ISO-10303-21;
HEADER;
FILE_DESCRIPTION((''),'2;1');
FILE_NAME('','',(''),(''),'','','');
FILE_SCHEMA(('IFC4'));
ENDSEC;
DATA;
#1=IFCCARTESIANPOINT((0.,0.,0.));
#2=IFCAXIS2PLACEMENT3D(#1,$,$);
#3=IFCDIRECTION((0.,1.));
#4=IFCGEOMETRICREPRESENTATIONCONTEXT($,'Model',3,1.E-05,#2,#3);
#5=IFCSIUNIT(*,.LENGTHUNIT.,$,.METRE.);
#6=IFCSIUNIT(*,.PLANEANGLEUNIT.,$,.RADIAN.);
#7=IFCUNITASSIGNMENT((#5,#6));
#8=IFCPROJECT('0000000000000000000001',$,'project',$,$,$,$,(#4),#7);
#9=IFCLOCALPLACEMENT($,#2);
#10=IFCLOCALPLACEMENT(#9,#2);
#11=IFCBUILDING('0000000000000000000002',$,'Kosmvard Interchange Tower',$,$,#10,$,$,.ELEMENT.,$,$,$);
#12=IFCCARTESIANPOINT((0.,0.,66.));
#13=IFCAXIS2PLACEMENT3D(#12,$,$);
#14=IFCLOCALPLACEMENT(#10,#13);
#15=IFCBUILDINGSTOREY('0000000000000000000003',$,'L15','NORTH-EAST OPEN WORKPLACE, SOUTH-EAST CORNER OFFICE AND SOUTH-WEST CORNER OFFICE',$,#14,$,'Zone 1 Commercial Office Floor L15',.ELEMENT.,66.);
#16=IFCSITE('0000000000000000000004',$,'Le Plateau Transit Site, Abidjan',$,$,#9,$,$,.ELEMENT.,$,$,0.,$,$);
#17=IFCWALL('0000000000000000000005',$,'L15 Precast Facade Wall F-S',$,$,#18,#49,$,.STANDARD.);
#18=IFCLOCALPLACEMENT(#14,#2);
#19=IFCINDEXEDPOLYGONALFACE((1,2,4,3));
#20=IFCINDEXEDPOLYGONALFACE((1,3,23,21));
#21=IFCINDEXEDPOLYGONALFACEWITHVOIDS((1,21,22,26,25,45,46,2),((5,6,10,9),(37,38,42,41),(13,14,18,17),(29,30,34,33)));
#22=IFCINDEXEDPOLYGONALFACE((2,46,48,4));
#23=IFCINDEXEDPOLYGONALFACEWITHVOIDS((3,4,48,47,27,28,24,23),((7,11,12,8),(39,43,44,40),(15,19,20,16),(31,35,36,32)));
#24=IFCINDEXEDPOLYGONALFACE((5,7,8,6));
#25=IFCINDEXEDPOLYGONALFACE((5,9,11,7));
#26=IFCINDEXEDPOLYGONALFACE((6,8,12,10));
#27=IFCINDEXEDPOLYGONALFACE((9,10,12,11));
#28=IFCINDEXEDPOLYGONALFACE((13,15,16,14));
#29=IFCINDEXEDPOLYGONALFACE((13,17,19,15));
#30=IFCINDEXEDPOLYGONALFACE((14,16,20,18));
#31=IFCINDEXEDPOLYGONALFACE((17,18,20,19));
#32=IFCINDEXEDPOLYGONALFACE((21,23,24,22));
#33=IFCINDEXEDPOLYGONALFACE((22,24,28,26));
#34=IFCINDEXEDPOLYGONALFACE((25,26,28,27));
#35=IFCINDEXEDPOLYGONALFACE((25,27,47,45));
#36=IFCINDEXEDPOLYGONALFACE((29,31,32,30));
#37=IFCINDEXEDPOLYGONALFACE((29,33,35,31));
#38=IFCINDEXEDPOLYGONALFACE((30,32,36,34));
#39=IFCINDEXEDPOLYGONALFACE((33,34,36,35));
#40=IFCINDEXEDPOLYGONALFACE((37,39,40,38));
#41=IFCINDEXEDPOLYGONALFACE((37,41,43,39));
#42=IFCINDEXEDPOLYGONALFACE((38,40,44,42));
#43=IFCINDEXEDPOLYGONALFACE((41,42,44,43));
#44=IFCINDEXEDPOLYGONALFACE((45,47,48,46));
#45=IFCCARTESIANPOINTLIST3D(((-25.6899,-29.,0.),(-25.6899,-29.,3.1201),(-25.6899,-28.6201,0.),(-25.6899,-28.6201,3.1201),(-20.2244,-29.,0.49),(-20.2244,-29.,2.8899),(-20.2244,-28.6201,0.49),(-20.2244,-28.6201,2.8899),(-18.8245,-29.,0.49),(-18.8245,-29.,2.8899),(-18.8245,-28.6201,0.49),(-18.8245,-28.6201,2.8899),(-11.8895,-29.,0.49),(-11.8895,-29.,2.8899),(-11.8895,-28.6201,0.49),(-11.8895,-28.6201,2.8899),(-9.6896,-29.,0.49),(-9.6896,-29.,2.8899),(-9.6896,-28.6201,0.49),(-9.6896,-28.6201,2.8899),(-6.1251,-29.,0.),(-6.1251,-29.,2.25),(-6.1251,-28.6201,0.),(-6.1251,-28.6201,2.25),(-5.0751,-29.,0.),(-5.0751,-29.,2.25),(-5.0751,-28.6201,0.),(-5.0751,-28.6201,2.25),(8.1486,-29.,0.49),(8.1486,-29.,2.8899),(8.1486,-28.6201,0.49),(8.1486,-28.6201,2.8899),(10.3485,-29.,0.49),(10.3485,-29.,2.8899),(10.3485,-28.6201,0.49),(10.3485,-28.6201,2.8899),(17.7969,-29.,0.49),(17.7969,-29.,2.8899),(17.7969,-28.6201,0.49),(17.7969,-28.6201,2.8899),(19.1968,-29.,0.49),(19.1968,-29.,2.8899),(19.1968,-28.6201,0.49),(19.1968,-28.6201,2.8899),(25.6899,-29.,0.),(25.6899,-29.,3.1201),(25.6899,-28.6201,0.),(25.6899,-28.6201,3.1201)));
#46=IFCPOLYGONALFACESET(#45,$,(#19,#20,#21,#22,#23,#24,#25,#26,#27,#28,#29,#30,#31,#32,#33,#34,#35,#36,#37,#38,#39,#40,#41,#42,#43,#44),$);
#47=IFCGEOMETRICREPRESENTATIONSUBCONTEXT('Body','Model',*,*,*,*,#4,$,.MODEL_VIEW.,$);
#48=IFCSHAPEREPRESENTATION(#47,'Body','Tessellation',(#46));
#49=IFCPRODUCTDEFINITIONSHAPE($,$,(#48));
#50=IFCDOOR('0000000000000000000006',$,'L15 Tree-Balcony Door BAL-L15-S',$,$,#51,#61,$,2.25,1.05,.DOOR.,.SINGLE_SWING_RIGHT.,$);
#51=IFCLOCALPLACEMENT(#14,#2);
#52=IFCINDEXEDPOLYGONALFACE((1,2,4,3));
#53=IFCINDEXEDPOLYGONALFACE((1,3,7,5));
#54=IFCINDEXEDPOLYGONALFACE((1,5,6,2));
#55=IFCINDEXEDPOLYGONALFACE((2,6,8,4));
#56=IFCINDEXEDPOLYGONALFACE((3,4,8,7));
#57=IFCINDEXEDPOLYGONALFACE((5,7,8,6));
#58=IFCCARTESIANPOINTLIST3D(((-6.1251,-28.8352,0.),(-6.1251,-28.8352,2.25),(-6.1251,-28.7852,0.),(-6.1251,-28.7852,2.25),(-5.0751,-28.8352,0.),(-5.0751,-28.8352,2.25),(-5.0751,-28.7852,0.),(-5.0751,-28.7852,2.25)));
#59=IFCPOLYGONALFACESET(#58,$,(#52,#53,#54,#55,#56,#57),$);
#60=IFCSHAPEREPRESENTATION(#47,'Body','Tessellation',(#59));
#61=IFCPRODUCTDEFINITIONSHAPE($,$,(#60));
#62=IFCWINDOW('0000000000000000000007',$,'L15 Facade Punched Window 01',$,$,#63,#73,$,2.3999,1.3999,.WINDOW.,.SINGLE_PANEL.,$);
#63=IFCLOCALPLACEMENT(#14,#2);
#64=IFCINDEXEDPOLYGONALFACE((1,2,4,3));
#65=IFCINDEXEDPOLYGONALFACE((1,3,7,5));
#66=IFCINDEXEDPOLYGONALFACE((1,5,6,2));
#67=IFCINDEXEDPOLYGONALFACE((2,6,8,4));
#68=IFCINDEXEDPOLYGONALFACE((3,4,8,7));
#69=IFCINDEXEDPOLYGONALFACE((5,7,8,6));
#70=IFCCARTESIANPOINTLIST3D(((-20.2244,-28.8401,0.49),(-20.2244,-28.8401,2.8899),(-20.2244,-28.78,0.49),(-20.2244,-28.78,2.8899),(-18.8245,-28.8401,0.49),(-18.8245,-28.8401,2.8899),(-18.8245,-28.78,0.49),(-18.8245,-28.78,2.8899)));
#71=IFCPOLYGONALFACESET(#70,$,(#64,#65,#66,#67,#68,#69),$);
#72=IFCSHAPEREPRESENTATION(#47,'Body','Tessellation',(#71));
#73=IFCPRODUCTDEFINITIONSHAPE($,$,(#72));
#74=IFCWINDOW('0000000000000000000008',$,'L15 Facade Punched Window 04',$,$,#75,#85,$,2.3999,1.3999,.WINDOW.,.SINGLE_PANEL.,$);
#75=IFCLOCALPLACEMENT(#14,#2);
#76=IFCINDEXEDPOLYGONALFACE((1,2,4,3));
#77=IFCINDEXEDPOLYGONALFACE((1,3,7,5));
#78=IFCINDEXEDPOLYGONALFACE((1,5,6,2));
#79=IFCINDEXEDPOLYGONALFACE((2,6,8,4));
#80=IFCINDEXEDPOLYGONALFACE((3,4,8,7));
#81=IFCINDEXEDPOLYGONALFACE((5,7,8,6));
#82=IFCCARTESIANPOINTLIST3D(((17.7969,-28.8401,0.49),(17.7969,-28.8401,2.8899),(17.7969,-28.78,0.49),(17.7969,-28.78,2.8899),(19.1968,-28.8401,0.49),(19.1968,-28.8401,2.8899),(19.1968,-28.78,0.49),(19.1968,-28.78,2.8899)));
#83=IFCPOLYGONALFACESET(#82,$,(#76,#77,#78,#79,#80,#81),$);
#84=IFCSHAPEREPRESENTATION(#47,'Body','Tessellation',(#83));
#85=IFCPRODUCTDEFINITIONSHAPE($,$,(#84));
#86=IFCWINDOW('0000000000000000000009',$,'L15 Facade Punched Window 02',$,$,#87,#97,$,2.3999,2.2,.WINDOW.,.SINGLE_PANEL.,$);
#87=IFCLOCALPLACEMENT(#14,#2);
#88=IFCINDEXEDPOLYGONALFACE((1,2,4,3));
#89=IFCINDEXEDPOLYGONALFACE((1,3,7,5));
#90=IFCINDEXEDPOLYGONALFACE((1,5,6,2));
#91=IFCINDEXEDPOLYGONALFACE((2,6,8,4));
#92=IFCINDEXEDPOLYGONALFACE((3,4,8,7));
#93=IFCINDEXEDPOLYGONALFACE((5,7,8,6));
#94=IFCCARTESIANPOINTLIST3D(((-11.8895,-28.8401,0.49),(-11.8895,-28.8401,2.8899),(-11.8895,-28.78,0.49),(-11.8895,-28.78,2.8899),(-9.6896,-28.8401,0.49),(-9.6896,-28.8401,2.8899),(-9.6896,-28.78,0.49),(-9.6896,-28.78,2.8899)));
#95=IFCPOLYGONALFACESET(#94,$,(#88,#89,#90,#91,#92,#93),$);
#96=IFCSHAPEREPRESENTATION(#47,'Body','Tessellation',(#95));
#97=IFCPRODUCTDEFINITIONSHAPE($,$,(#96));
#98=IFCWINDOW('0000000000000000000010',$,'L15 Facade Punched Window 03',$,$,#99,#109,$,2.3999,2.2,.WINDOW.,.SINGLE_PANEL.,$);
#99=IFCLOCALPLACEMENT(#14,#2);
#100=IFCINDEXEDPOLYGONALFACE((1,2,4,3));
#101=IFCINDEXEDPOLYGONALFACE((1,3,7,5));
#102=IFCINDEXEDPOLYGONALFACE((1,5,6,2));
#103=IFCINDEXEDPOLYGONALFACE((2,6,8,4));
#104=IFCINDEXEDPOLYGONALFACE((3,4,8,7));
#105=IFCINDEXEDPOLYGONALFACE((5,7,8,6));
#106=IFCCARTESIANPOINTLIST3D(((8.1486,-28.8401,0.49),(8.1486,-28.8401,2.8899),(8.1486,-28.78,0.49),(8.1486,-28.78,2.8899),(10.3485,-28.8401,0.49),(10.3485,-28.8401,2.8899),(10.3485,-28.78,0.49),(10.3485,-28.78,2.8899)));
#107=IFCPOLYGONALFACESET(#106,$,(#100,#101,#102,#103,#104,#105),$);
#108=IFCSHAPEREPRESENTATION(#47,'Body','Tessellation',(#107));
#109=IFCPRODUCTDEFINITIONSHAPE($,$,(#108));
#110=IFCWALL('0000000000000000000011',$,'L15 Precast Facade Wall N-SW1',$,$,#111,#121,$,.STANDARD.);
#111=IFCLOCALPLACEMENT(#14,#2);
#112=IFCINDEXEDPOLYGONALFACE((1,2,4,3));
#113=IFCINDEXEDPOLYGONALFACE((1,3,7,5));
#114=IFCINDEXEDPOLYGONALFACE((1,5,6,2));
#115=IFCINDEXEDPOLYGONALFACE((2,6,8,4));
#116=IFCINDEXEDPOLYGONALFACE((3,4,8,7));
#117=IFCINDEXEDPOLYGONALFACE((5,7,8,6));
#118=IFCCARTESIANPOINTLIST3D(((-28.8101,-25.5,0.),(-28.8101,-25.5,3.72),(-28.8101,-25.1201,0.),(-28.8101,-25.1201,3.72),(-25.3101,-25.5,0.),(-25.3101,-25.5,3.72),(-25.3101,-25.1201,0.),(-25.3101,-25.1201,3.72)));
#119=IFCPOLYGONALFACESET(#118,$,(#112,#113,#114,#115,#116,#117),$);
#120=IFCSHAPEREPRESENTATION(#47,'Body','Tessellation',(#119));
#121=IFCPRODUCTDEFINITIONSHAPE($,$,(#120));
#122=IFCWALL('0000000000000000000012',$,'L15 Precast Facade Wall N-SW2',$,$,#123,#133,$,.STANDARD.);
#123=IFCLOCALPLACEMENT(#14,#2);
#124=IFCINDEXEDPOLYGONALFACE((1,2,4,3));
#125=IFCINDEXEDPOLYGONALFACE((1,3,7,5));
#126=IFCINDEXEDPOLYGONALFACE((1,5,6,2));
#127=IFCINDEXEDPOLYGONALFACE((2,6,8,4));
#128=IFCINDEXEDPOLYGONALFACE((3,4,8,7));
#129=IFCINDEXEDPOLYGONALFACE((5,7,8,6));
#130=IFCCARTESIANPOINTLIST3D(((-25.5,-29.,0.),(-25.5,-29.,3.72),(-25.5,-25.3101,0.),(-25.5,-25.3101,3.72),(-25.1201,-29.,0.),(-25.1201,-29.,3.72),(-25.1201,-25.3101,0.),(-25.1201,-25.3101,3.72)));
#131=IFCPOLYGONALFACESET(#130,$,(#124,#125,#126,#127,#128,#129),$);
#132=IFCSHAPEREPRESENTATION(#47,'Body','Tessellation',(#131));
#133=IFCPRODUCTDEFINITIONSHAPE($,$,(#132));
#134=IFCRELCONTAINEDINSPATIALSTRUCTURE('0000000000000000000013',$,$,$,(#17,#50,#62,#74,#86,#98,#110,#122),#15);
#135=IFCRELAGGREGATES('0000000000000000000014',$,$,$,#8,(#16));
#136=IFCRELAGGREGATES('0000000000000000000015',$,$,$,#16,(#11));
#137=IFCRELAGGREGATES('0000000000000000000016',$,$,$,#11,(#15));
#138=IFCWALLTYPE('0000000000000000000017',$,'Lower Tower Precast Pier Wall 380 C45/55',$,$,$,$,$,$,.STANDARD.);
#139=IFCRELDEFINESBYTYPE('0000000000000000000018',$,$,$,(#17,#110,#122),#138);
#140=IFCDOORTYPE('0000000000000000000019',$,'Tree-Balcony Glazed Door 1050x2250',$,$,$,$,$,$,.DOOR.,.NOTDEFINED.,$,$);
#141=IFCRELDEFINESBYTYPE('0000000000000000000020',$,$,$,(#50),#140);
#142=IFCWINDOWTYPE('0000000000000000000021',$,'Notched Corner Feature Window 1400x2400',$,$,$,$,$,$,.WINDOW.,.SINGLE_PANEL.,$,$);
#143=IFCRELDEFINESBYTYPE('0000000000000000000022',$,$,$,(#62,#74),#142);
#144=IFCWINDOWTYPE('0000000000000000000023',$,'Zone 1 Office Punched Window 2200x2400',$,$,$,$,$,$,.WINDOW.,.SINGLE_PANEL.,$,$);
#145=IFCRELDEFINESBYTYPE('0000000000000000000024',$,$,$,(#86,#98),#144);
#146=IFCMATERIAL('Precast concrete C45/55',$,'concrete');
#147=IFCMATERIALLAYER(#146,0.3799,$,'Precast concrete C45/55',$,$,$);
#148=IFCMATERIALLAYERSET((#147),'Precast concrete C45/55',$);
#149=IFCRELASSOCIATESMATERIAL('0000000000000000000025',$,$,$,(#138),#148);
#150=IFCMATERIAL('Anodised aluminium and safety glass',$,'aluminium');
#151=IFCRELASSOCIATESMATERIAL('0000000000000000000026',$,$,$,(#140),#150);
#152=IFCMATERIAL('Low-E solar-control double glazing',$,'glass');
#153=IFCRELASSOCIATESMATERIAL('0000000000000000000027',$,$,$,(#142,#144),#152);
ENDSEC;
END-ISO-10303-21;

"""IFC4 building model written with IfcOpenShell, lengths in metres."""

from ifc_helpers import new_model, si_unit, direction, frame, frame_2d, origin, place, context, subcontext, project, spatial, rectangle, extrude, source, transform, mapped, material, layer, layer_set, type_object, element, fill, save


model = new_model("IFC4")

# Units and contexts
model_context = context("Model", 3, precision=1e-05, world=origin(), true_north=direction((0.0, 1.0)))
body_context = subcontext(model_context, "Body", "Model", "MODEL_VIEW")
ifc_project = project(units=[si_unit("LENGTHUNIT", "METRE"), si_unit("PLANEANGLEUNIT", "RADIAN")], contexts=[model_context])

# Site, building, storey
site_placement = place(None, origin())
site = spatial("IfcSite", under=ifc_project, at=site_placement, Name="Le Plateau Transit Site, Abidjan", CompositionType="ELEMENT", RefElevation=0.0)
building_placement = place(site_placement, origin())
building = spatial("IfcBuilding", under=site, at=building_placement, Name="Kosmvard Interchange Tower", CompositionType="ELEMENT")
storey_placement = place(building_placement, frame((0.0, 0.0, 66.0)))
storey = spatial("IfcBuildingStorey", under=building, at=storey_placement, Name="L15", Description="NORTH-EAST OPEN WORKPLACE, SOUTH-EAST CORNER OFFICE AND SOUTH-WEST CORNER OFFICE", LongName="Zone 1 Commercial Office Floor L15", CompositionType="ELEMENT", Elevation=66.0)

# Shared definitions
ifc_material_1 = material(Name="Precast concrete C45/55", Category="concrete")

# Wall, openings, door, windows
ifc_layer_1 = layer(ifc_material_1, 0.3799, Name="Precast concrete C45/55")
ifc_layer_set_1 = layer_set([ifc_layer_1], Name="Precast concrete C45/55")
wall_type_1 = type_object("IfcWallType", Name="Lower Tower Precast Pier Wall 380 C45/55", PredefinedType="STANDARD", material=ifc_layer_set_1)
wall_1_placement = place(storey_placement, frame((-25.6899, -28.8101, 0.0), z_axis=(0.0, 0.0, 1.0), x_axis=(1.0, 0.0, 0.0)))
wall_1 = element("IfcWall", 1, at=wall_1_placement, inside=storey, type_object=wall_type_1, Name="L15 Precast Facade Wall F-S", PredefinedType="STANDARD", context=body_context, shape_type="SweptSolid", body=[
    extrude(rectangle(XDim=51.3799, YDim=0.3799, at=frame_2d((25.6899, 0.0))), origin(), (0.0, 0.0, 1.0), 3.1201),
])
opening_1_placement = place(wall_1_placement, frame((19.5649, 0.0, 0.0)))
opening_1 = element("IfcOpeningElement", 2, at=opening_1_placement, cuts=wall_1, PredefinedType="OPENING", context=body_context, shape_type="SweptSolid", body=[
    extrude(rectangle(XDim=1.05, YDim=2.25, at=frame_2d((0.5249, 1.125))), frame((0.0, 0.2, 0.0), z_axis=(0.0, -1.0, 0.0), x_axis=(1.0, 0.0, 0.0)), (0.0, 0.0, 1.0), 0.3999),
])
opening_2_placement = place(wall_1_placement, frame((5.4656, 0.0, 0.49)))
opening_2 = element("IfcOpeningElement", 3, at=opening_2_placement, cuts=wall_1, PredefinedType="OPENING", context=body_context, shape_type="SweptSolid", body=[
    extrude(rectangle(XDim=1.3999, YDim=2.3999, at=frame_2d((0.7, 1.2))), frame((0.0, 0.2, 0.0), z_axis=(0.0, -1.0, 0.0), x_axis=(1.0, 0.0, 0.0)), (0.0, 0.0, 1.0), 0.3999),
])
opening_3_placement = place(wall_1_placement, frame((13.8003, 0.0, 0.49)))
opening_3 = element("IfcOpeningElement", 4, at=opening_3_placement, cuts=wall_1, PredefinedType="OPENING", context=body_context, shape_type="SweptSolid", body=[
    extrude(rectangle(XDim=2.2, YDim=2.3999, at=frame_2d((1.1001, 1.2))), frame((0.0, 0.2, 0.0), z_axis=(0.0, -1.0, 0.0), x_axis=(1.0, 0.0, 0.0)), (0.0, 0.0, 1.0), 0.3999),
])
opening_4_placement = place(wall_1_placement, frame((33.8384, 0.0, 0.49)))
opening_4 = element("IfcOpeningElement", 5, at=opening_4_placement, cuts=wall_1, PredefinedType="OPENING", context=body_context, shape_type="SweptSolid", body=[
    extrude(rectangle(XDim=2.2, YDim=2.3999, at=frame_2d((1.1001, 1.2))), frame((0.0, 0.2, 0.0), z_axis=(0.0, -1.0, 0.0), x_axis=(1.0, 0.0, 0.0)), (0.0, 0.0, 1.0), 0.3999),
])
opening_5_placement = place(wall_1_placement, frame((43.4868, 0.0, 0.49)))
opening_5 = element("IfcOpeningElement", 6, at=opening_5_placement, cuts=wall_1, PredefinedType="OPENING", context=body_context, shape_type="SweptSolid", body=[
    extrude(rectangle(XDim=1.3999, YDim=2.3999, at=frame_2d((0.7, 1.2))), frame((0.0, 0.2, 0.0), z_axis=(0.0, -1.0, 0.0), x_axis=(1.0, 0.0, 0.0)), (0.0, 0.0, 1.0), 0.3999),
])
ifc_material_2 = material(Name="Anodised aluminium and safety glass", Category="aluminium")
door_type_1 = type_object("IfcDoorType", Name="Tree-Balcony Glazed Door 1050x2250", OperationType="NOTDEFINED", PredefinedType="DOOR", material=ifc_material_2)
shared_shape_1 = source(origin(), body_context, "Body", "SweptSolid", [
    extrude(rectangle(XDim=1.05, YDim=2.25, at=frame_2d((0.5249, 1.125))), frame((0.0, 0.0249, 0.0), z_axis=(0.0, -1.0, 0.0), x_axis=(1.0, 0.0, 0.0)), (0.0, 0.0, 1.0), 0.05),
])
door_1_placement = place(opening_1_placement, origin())
door_1 = element("IfcDoor", 7, at=door_1_placement, inside=storey, type_object=door_type_1, Name="L15 Tree-Balcony Door BAL-L15-S", OperationType="SINGLE_SWING_RIGHT", OverallHeight=2.25, OverallWidth=1.05, PredefinedType="DOOR", context=body_context, shape_type="MappedRepresentation", body=[
    mapped(shared_shape_1, transform((0.0, 0.0, 0.0), scale=1.0)),
])
fill(opening_1, door_1)
ifc_material_3 = material(Name="Low-E solar-control double glazing", Category="glass")
window_type_1 = type_object("IfcWindowType", Name="Notched Corner Feature Window 1400x2400", PartitioningType="SINGLE_PANEL", PredefinedType="WINDOW", material=ifc_material_3)
shared_shape_2 = source(origin(), body_context, "Body", "SweptSolid", [
    extrude(rectangle(XDim=1.3999, YDim=2.3999, at=frame_2d((0.7, 1.2))), frame((0.0, 0.03, 0.0), z_axis=(0.0, -1.0, 0.0), x_axis=(1.0, 0.0, 0.0)), (0.0, 0.0, 1.0), 0.0601),
])
window_1_placement = place(opening_2_placement, origin())
window_1 = element("IfcWindow", 8, at=window_1_placement, inside=storey, type_object=window_type_1, Name="L15 Facade Punched Window 01", OverallHeight=2.3999, OverallWidth=1.3999, PartitioningType="SINGLE_PANEL", PredefinedType="WINDOW", context=body_context, shape_type="MappedRepresentation", body=[
    mapped(shared_shape_2, transform((0.0, 0.0, 0.0), scale=1.0)),
])
fill(opening_2, window_1)
window_2_placement = place(opening_5_placement, origin())
window_2 = element("IfcWindow", 9, at=window_2_placement, inside=storey, type_object=window_type_1, Name="L15 Facade Punched Window 04", OverallHeight=2.3999, OverallWidth=1.3999, PartitioningType="SINGLE_PANEL", PredefinedType="WINDOW", context=body_context, shape_type="MappedRepresentation", body=[
    mapped(shared_shape_2, transform((0.0, 0.0, 0.0), scale=1.0)),
])
fill(opening_5, window_2)
window_type_2 = type_object("IfcWindowType", Name="Zone 1 Office Punched Window 2200x2400", PartitioningType="SINGLE_PANEL", PredefinedType="WINDOW", material=ifc_material_3)
shared_shape_3 = source(origin(), body_context, "Body", "SweptSolid", [
    extrude(rectangle(XDim=2.2, YDim=2.3999, at=frame_2d((1.1001, 1.2))), frame((0.0, 0.03, 0.0), z_axis=(0.0, -1.0, 0.0), x_axis=(1.0, 0.0, 0.0)), (0.0, 0.0, 1.0), 0.0601),
])
window_3_placement = place(opening_3_placement, origin())
window_3 = element("IfcWindow", 10, at=window_3_placement, inside=storey, type_object=window_type_2, Name="L15 Facade Punched Window 02", OverallHeight=2.3999, OverallWidth=2.2, PartitioningType="SINGLE_PANEL", PredefinedType="WINDOW", context=body_context, shape_type="MappedRepresentation", body=[
    mapped(shared_shape_3, transform((0.0, 0.0, 0.0), scale=1.0)),
])
fill(opening_3, window_3)
window_4_placement = place(opening_4_placement, origin())
window_4 = element("IfcWindow", 11, at=window_4_placement, inside=storey, type_object=window_type_2, Name="L15 Facade Punched Window 03", OverallHeight=2.3999, OverallWidth=2.2, PartitioningType="SINGLE_PANEL", PredefinedType="WINDOW", context=body_context, shape_type="MappedRepresentation", body=[
    mapped(shared_shape_3, transform((0.0, 0.0, 0.0), scale=1.0)),
])
fill(opening_4, window_4)

# Walls
wall_2_placement = place(storey_placement, frame((-28.8101, -25.3101, 0.0), z_axis=(0.0, 0.0, 1.0), x_axis=(1.0, 0.0, 0.0)))
element("IfcWall", 12, at=wall_2_placement, inside=storey, type_object=wall_type_1, Name="L15 Precast Facade Wall N-SW1", PredefinedType="STANDARD", context=body_context, shape_type="SweptSolid", body=[
    extrude(rectangle(XDim=3.5, YDim=0.3799, at=frame_2d((1.75, 0.0))), origin(), (0.0, 0.0, 1.0), 3.72),
])
wall_3_placement = place(storey_placement, frame((-25.3101, -25.3101, 0.0), z_axis=(0.0, 0.0, 1.0), x_axis=(0.0, -1.0, 0.0)))
element("IfcWall", 13, at=wall_3_placement, inside=storey, type_object=wall_type_1, Name="L15 Precast Facade Wall N-SW2", PredefinedType="STANDARD", context=body_context, shape_type="SweptSolid", body=[
    extrude(rectangle(XDim=3.6899, YDim=0.3799, at=frame_2d((1.845, 0.0))), origin(), (0.0, 0.0, 1.0), 3.72),
])

save(model, "model.ifc")
